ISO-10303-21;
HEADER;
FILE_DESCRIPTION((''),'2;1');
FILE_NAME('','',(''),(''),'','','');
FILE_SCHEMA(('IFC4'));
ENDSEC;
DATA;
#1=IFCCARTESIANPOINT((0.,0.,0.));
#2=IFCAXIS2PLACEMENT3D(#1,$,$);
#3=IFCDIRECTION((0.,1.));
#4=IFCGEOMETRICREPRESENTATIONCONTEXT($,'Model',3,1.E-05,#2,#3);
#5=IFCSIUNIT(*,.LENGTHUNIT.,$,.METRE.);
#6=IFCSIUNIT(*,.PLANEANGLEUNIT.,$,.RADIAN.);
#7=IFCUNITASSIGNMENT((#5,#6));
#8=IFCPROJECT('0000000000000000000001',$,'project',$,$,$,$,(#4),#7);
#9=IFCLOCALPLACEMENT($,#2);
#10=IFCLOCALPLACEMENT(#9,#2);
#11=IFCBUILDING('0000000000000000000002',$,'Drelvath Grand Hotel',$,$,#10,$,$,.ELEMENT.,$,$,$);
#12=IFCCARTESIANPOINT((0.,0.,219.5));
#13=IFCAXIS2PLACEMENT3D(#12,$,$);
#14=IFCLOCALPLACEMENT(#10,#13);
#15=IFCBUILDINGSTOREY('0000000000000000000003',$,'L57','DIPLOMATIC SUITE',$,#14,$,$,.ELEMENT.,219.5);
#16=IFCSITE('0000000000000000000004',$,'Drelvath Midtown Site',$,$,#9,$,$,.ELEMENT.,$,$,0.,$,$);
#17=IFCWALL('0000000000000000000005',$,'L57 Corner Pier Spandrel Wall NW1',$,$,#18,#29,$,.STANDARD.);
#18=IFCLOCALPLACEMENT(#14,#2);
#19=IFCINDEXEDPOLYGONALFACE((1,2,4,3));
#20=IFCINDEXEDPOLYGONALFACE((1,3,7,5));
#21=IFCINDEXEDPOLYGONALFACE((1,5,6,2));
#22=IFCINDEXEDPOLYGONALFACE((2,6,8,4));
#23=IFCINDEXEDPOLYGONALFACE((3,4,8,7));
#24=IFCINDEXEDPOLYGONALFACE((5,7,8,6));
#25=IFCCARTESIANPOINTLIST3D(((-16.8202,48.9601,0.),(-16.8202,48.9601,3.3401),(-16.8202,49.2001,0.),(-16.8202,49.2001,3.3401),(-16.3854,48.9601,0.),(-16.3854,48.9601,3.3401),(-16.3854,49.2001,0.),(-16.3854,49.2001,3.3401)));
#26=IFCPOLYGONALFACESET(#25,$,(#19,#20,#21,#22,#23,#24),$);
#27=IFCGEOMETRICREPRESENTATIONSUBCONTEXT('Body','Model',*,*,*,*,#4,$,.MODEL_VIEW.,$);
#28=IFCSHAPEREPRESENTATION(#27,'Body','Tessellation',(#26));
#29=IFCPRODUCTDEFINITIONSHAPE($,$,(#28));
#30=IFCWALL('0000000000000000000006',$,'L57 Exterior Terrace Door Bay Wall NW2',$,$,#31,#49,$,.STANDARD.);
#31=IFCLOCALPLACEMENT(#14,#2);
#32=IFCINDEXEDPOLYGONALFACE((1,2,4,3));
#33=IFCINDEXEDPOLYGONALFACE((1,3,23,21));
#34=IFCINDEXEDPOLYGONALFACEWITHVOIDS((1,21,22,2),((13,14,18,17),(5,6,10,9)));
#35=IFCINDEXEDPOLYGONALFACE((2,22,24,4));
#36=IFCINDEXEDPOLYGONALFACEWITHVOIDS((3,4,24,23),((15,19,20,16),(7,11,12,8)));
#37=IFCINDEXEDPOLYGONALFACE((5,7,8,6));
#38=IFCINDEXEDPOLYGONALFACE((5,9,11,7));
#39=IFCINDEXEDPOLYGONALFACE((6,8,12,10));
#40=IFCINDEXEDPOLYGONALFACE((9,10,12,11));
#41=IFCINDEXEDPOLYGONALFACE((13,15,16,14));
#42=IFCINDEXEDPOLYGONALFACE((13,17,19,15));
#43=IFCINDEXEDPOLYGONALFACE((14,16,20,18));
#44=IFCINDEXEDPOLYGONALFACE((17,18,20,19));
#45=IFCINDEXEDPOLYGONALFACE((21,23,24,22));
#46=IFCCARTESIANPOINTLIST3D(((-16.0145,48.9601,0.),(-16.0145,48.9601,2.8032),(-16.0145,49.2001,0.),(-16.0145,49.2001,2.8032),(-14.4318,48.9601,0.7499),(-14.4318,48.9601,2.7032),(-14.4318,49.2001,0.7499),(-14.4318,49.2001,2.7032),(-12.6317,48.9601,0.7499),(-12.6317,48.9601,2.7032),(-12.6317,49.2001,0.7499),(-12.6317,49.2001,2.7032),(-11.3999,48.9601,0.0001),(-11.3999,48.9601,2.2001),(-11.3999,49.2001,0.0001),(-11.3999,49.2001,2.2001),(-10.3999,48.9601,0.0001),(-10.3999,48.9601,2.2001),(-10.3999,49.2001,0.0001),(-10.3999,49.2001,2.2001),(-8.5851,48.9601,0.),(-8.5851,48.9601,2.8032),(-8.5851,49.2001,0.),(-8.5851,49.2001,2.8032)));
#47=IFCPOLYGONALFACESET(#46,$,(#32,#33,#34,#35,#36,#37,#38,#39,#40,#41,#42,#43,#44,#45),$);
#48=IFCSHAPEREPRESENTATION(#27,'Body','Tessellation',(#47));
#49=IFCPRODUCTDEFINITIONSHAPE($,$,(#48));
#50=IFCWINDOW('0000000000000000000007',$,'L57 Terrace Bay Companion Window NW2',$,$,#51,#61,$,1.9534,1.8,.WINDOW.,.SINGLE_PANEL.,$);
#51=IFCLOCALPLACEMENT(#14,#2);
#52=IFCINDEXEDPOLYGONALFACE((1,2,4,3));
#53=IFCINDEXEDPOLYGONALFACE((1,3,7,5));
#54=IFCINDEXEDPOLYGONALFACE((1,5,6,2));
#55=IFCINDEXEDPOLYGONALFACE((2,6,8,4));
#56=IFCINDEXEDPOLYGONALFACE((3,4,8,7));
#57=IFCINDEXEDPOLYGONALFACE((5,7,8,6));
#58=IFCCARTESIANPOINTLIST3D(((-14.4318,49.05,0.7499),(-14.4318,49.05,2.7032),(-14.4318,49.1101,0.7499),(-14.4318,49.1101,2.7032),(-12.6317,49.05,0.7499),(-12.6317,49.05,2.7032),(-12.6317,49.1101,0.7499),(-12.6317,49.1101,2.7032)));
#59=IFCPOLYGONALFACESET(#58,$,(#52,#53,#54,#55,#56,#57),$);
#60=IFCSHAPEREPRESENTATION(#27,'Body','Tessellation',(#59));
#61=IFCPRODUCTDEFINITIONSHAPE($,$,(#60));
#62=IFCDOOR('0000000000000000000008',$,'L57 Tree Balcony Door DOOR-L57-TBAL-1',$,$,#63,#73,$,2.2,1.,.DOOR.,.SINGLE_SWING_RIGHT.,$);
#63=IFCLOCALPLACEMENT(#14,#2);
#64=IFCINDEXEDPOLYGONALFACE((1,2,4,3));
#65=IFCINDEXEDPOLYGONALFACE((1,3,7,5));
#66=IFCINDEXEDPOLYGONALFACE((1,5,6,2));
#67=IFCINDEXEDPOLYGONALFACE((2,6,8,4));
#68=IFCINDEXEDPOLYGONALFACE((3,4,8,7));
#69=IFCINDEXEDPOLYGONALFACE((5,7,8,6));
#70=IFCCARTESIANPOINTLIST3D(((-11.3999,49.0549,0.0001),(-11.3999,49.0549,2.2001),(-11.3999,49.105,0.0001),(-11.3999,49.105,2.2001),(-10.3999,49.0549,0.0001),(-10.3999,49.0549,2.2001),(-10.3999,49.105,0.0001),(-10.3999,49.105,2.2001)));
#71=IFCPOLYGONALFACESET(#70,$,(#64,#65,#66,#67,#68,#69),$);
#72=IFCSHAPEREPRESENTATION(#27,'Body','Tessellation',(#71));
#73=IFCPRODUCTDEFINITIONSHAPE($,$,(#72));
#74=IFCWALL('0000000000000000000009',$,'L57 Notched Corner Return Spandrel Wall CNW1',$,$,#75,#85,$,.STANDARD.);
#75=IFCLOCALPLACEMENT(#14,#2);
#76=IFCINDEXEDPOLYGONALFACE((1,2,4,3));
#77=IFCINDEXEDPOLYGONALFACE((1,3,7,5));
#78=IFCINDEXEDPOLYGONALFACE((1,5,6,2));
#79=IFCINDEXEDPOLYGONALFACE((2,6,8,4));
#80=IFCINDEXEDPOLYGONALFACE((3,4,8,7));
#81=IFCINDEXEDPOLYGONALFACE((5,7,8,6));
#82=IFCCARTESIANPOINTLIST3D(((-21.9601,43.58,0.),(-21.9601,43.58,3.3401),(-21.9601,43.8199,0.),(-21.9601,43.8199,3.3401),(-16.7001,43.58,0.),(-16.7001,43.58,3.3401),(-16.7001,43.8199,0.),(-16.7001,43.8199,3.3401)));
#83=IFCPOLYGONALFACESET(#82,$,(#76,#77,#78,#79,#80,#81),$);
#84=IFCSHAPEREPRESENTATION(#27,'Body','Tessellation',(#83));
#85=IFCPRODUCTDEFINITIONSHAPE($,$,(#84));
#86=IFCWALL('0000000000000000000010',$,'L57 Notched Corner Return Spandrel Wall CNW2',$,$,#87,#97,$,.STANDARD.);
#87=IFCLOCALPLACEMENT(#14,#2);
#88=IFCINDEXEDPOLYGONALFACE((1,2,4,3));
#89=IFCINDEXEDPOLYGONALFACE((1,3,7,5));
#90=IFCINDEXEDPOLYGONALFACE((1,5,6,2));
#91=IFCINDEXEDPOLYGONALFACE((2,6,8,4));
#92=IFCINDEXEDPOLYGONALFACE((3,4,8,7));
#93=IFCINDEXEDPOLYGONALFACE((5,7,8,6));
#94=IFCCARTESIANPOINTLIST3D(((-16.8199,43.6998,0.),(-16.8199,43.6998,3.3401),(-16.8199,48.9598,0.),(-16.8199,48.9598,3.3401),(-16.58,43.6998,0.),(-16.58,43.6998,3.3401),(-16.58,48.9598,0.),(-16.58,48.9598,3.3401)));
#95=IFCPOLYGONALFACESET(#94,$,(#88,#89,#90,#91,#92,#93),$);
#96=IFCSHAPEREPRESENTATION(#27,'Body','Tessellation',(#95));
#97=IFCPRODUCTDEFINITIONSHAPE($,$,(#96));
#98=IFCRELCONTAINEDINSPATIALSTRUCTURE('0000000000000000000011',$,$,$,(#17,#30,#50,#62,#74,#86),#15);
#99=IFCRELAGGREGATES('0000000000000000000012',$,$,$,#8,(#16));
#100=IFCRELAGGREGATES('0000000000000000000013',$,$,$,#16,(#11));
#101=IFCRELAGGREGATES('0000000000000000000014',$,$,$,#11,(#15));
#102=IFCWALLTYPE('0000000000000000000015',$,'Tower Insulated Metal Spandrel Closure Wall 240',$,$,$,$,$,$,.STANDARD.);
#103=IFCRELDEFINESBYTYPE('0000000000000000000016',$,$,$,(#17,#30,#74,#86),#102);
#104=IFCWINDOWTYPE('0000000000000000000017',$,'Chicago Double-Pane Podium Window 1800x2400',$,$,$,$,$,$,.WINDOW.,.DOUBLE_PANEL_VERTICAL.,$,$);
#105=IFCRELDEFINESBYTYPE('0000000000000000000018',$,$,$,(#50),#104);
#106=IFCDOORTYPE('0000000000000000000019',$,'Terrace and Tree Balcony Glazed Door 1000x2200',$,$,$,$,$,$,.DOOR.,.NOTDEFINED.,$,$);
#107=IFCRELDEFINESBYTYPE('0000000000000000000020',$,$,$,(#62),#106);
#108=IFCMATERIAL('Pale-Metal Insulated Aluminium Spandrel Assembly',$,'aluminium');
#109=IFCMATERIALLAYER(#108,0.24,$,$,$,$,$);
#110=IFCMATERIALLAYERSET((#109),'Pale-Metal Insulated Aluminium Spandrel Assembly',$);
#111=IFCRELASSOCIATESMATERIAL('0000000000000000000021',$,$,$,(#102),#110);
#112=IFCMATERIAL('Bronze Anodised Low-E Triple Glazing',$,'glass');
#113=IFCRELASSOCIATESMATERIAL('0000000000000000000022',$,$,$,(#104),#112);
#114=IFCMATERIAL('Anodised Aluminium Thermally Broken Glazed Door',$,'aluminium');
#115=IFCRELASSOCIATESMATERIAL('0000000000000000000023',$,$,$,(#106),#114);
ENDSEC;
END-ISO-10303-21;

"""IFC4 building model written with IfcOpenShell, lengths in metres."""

from ifc_helpers import new_model, si_unit, direction, frame, frame_2d, origin, place, context, subcontext, project, spatial, rectangle, extrude, material, layer, layer_set, type_object, element, fill, save


model = new_model("IFC4")

# Units and contexts
model_context = context("Model", 3, precision=1e-05, world=origin(), true_north=direction((0.0, 1.0)))
body_context = subcontext(model_context, "Body", "Model", "MODEL_VIEW")
ifc_project = project(units=[si_unit("LENGTHUNIT", "METRE"), si_unit("PLANEANGLEUNIT", "RADIAN")], contexts=[model_context])

# Site, building, storey
site_placement = place(None, origin())
site = spatial("IfcSite", under=ifc_project, at=site_placement, Name="Drelvath Midtown Site", CompositionType="ELEMENT", RefElevation=0.0)
building_placement = place(site_placement, origin())
building = spatial("IfcBuilding", under=site, at=building_placement, Name="Drelvath Grand Hotel", CompositionType="ELEMENT")
storey_placement = place(building_placement, frame((0.0, 0.0, 219.5)))
storey = spatial("IfcBuildingStorey", under=building, at=storey_placement, Name="L57", Description="DIPLOMATIC SUITE", CompositionType="ELEMENT", Elevation=219.5)

# Wall
ifc_material_1 = material(Name="Pale-Metal Insulated Aluminium Spandrel Assembly", Category="aluminium")
ifc_layer_1 = layer(ifc_material_1, 0.24)
ifc_layer_set_1 = layer_set([ifc_layer_1], Name="Pale-Metal Insulated Aluminium Spandrel Assembly")
wall_type_1 = type_object("IfcWallType", Name="Tower Insulated Metal Spandrel Closure Wall 240", PredefinedType="STANDARD", material=ifc_layer_set_1)
for number, where, z_axis, x_axis, name in (
    (1, (-16.8201, 49.0801, 0.0), (0.0, 0.0, 1.0), (1.0, 0.0, 0.0), "L57 Corner Pier Spandrel Wall NW1"),
):
    element("IfcWall", number, at=place(storey_placement, frame(where, z_axis=z_axis, x_axis=x_axis)), inside=storey, type_object=wall_type_1, Name=name, PredefinedType="STANDARD", context=body_context, shape_type="SweptSolid", body=[
        extrude(rectangle(XDim=0.4348, YDim=0.24, at=frame_2d((0.2173, 0.0))), origin(), (0.0, 0.0, 1.0), 3.3401),
    ])

# Wall, openings, window, door
wall_1_placement = place(storey_placement, frame((-16.0146, 49.0801, 0.0), z_axis=(0.0, 0.0, 1.0), x_axis=(1.0, 0.0, 0.0)))
wall_1 = element("IfcWall", 2, at=wall_1_placement, inside=storey, type_object=wall_type_1, Name="L57 Exterior Terrace Door Bay Wall NW2", PredefinedType="STANDARD", context=body_context, shape_type="SweptSolid", body=[
    extrude(rectangle(XDim=7.4294, YDim=0.24, at=frame_2d((3.7148, 0.0))), origin(), (0.0, 0.0, 1.0), 2.8032),
])
opening_1_placement = place(wall_1_placement, frame((4.6147, 0.0, 0.0)))
opening_1 = element("IfcOpeningElement", 3, at=opening_1_placement, cuts=wall_1, PredefinedType="OPENING", context=body_context, shape_type="SweptSolid", body=[
    extrude(rectangle(XDim=1.0, YDim=2.2, at=frame_2d((0.5, 1.1001))), frame((0.0, 0.1299, 0.0), z_axis=(0.0, -1.0, 0.0), x_axis=(1.0, 0.0, 0.0)), (0.0, 0.0, 1.0), 0.26),
])
opening_2_placement = place(wall_1_placement, frame((1.583, 0.0, 0.75)))
opening_2 = element("IfcOpeningElement", 4, at=opening_2_placement, cuts=wall_1, PredefinedType="OPENING", context=body_context, shape_type="SweptSolid", body=[
    extrude(rectangle(XDim=1.8, YDim=1.9534, at=frame_2d((0.8999, 0.9766))), frame((0.0, 0.1299, 0.0), z_axis=(0.0, -1.0, 0.0), x_axis=(1.0, 0.0, 0.0)), (0.0, 0.0, 1.0), 0.26),
])
ifc_material_2 = material(Name="Bronze Anodised Low-E Triple Glazing", Category="glass")
window_type = type_object("IfcWindowType", Name="Chicago Double-Pane Podium Window 1800x2400", PartitioningType="DOUBLE_PANEL_VERTICAL", PredefinedType="WINDOW", material=ifc_material_2)
window_placement = place(opening_2_placement, origin())
window = element("IfcWindow", 5, at=window_placement, inside=storey, type_object=window_type, Name="L57 Terrace Bay Companion Window NW2", OverallHeight=1.9534, OverallWidth=1.8, PartitioningType="SINGLE_PANEL", PredefinedType="WINDOW", context=body_context, shape_type="SweptSolid", body=[
    extrude(rectangle(XDim=1.8, YDim=1.9534, at=frame_2d((0.8999, 0.9766))), frame((0.0, 0.03, 0.0), z_axis=(0.0, -1.0, 0.0), x_axis=(1.0, 0.0, 0.0)), (0.0, 0.0, 1.0), 0.0601),
])
fill(opening_2, window)
ifc_material_3 = material(Name="Anodised Aluminium Thermally Broken Glazed Door", Category="aluminium")
door_type_1 = type_object("IfcDoorType", Name="Terrace and Tree Balcony Glazed Door 1000x2200", OperationType="NOTDEFINED", PredefinedType="DOOR", material=ifc_material_3)
door_1_placement = place(opening_1_placement, origin())
door_1 = element("IfcDoor", 6, at=door_1_placement, inside=storey, type_object=door_type_1, Name="L57 Tree Balcony Door DOOR-L57-TBAL-1", OperationType="SINGLE_SWING_RIGHT", OverallHeight=2.2, OverallWidth=1.0, PredefinedType="DOOR", context=body_context, shape_type="SweptSolid", body=[
    extrude(rectangle(XDim=1.0, YDim=2.2, at=frame_2d((0.5, 1.1001))), frame((0.0, 0.0249, 0.0), z_axis=(0.0, -1.0, 0.0), x_axis=(1.0, 0.0, 0.0)), (0.0, 0.0, 1.0), 0.05),
])
fill(opening_1, door_1)

# Walls
for number, where, z_axis, x_axis, name in (
    (7, (-21.96, 43.7, 0.0), (0.0, 0.0, 1.0), (1.0, 0.0, 0.0), "L57 Notched Corner Return Spandrel Wall CNW1"),
    (8, (-16.7, 43.7, 0.0), (0.0, 0.0, 1.0), (0.0, 1.0, 0.0), "L57 Notched Corner Return Spandrel Wall CNW2"),
):
    element("IfcWall", number, at=place(storey_placement, frame(where, z_axis=z_axis, x_axis=x_axis)), inside=storey, type_object=wall_type_1, Name=name, PredefinedType="STANDARD", context=body_context, shape_type="SweptSolid", body=[
        extrude(rectangle(XDim=5.26, YDim=0.24, at=frame_2d((2.6299, 0.0))), origin(), (0.0, 0.0, 1.0), 3.3401),
    ])

save(model, "model.ifc")
